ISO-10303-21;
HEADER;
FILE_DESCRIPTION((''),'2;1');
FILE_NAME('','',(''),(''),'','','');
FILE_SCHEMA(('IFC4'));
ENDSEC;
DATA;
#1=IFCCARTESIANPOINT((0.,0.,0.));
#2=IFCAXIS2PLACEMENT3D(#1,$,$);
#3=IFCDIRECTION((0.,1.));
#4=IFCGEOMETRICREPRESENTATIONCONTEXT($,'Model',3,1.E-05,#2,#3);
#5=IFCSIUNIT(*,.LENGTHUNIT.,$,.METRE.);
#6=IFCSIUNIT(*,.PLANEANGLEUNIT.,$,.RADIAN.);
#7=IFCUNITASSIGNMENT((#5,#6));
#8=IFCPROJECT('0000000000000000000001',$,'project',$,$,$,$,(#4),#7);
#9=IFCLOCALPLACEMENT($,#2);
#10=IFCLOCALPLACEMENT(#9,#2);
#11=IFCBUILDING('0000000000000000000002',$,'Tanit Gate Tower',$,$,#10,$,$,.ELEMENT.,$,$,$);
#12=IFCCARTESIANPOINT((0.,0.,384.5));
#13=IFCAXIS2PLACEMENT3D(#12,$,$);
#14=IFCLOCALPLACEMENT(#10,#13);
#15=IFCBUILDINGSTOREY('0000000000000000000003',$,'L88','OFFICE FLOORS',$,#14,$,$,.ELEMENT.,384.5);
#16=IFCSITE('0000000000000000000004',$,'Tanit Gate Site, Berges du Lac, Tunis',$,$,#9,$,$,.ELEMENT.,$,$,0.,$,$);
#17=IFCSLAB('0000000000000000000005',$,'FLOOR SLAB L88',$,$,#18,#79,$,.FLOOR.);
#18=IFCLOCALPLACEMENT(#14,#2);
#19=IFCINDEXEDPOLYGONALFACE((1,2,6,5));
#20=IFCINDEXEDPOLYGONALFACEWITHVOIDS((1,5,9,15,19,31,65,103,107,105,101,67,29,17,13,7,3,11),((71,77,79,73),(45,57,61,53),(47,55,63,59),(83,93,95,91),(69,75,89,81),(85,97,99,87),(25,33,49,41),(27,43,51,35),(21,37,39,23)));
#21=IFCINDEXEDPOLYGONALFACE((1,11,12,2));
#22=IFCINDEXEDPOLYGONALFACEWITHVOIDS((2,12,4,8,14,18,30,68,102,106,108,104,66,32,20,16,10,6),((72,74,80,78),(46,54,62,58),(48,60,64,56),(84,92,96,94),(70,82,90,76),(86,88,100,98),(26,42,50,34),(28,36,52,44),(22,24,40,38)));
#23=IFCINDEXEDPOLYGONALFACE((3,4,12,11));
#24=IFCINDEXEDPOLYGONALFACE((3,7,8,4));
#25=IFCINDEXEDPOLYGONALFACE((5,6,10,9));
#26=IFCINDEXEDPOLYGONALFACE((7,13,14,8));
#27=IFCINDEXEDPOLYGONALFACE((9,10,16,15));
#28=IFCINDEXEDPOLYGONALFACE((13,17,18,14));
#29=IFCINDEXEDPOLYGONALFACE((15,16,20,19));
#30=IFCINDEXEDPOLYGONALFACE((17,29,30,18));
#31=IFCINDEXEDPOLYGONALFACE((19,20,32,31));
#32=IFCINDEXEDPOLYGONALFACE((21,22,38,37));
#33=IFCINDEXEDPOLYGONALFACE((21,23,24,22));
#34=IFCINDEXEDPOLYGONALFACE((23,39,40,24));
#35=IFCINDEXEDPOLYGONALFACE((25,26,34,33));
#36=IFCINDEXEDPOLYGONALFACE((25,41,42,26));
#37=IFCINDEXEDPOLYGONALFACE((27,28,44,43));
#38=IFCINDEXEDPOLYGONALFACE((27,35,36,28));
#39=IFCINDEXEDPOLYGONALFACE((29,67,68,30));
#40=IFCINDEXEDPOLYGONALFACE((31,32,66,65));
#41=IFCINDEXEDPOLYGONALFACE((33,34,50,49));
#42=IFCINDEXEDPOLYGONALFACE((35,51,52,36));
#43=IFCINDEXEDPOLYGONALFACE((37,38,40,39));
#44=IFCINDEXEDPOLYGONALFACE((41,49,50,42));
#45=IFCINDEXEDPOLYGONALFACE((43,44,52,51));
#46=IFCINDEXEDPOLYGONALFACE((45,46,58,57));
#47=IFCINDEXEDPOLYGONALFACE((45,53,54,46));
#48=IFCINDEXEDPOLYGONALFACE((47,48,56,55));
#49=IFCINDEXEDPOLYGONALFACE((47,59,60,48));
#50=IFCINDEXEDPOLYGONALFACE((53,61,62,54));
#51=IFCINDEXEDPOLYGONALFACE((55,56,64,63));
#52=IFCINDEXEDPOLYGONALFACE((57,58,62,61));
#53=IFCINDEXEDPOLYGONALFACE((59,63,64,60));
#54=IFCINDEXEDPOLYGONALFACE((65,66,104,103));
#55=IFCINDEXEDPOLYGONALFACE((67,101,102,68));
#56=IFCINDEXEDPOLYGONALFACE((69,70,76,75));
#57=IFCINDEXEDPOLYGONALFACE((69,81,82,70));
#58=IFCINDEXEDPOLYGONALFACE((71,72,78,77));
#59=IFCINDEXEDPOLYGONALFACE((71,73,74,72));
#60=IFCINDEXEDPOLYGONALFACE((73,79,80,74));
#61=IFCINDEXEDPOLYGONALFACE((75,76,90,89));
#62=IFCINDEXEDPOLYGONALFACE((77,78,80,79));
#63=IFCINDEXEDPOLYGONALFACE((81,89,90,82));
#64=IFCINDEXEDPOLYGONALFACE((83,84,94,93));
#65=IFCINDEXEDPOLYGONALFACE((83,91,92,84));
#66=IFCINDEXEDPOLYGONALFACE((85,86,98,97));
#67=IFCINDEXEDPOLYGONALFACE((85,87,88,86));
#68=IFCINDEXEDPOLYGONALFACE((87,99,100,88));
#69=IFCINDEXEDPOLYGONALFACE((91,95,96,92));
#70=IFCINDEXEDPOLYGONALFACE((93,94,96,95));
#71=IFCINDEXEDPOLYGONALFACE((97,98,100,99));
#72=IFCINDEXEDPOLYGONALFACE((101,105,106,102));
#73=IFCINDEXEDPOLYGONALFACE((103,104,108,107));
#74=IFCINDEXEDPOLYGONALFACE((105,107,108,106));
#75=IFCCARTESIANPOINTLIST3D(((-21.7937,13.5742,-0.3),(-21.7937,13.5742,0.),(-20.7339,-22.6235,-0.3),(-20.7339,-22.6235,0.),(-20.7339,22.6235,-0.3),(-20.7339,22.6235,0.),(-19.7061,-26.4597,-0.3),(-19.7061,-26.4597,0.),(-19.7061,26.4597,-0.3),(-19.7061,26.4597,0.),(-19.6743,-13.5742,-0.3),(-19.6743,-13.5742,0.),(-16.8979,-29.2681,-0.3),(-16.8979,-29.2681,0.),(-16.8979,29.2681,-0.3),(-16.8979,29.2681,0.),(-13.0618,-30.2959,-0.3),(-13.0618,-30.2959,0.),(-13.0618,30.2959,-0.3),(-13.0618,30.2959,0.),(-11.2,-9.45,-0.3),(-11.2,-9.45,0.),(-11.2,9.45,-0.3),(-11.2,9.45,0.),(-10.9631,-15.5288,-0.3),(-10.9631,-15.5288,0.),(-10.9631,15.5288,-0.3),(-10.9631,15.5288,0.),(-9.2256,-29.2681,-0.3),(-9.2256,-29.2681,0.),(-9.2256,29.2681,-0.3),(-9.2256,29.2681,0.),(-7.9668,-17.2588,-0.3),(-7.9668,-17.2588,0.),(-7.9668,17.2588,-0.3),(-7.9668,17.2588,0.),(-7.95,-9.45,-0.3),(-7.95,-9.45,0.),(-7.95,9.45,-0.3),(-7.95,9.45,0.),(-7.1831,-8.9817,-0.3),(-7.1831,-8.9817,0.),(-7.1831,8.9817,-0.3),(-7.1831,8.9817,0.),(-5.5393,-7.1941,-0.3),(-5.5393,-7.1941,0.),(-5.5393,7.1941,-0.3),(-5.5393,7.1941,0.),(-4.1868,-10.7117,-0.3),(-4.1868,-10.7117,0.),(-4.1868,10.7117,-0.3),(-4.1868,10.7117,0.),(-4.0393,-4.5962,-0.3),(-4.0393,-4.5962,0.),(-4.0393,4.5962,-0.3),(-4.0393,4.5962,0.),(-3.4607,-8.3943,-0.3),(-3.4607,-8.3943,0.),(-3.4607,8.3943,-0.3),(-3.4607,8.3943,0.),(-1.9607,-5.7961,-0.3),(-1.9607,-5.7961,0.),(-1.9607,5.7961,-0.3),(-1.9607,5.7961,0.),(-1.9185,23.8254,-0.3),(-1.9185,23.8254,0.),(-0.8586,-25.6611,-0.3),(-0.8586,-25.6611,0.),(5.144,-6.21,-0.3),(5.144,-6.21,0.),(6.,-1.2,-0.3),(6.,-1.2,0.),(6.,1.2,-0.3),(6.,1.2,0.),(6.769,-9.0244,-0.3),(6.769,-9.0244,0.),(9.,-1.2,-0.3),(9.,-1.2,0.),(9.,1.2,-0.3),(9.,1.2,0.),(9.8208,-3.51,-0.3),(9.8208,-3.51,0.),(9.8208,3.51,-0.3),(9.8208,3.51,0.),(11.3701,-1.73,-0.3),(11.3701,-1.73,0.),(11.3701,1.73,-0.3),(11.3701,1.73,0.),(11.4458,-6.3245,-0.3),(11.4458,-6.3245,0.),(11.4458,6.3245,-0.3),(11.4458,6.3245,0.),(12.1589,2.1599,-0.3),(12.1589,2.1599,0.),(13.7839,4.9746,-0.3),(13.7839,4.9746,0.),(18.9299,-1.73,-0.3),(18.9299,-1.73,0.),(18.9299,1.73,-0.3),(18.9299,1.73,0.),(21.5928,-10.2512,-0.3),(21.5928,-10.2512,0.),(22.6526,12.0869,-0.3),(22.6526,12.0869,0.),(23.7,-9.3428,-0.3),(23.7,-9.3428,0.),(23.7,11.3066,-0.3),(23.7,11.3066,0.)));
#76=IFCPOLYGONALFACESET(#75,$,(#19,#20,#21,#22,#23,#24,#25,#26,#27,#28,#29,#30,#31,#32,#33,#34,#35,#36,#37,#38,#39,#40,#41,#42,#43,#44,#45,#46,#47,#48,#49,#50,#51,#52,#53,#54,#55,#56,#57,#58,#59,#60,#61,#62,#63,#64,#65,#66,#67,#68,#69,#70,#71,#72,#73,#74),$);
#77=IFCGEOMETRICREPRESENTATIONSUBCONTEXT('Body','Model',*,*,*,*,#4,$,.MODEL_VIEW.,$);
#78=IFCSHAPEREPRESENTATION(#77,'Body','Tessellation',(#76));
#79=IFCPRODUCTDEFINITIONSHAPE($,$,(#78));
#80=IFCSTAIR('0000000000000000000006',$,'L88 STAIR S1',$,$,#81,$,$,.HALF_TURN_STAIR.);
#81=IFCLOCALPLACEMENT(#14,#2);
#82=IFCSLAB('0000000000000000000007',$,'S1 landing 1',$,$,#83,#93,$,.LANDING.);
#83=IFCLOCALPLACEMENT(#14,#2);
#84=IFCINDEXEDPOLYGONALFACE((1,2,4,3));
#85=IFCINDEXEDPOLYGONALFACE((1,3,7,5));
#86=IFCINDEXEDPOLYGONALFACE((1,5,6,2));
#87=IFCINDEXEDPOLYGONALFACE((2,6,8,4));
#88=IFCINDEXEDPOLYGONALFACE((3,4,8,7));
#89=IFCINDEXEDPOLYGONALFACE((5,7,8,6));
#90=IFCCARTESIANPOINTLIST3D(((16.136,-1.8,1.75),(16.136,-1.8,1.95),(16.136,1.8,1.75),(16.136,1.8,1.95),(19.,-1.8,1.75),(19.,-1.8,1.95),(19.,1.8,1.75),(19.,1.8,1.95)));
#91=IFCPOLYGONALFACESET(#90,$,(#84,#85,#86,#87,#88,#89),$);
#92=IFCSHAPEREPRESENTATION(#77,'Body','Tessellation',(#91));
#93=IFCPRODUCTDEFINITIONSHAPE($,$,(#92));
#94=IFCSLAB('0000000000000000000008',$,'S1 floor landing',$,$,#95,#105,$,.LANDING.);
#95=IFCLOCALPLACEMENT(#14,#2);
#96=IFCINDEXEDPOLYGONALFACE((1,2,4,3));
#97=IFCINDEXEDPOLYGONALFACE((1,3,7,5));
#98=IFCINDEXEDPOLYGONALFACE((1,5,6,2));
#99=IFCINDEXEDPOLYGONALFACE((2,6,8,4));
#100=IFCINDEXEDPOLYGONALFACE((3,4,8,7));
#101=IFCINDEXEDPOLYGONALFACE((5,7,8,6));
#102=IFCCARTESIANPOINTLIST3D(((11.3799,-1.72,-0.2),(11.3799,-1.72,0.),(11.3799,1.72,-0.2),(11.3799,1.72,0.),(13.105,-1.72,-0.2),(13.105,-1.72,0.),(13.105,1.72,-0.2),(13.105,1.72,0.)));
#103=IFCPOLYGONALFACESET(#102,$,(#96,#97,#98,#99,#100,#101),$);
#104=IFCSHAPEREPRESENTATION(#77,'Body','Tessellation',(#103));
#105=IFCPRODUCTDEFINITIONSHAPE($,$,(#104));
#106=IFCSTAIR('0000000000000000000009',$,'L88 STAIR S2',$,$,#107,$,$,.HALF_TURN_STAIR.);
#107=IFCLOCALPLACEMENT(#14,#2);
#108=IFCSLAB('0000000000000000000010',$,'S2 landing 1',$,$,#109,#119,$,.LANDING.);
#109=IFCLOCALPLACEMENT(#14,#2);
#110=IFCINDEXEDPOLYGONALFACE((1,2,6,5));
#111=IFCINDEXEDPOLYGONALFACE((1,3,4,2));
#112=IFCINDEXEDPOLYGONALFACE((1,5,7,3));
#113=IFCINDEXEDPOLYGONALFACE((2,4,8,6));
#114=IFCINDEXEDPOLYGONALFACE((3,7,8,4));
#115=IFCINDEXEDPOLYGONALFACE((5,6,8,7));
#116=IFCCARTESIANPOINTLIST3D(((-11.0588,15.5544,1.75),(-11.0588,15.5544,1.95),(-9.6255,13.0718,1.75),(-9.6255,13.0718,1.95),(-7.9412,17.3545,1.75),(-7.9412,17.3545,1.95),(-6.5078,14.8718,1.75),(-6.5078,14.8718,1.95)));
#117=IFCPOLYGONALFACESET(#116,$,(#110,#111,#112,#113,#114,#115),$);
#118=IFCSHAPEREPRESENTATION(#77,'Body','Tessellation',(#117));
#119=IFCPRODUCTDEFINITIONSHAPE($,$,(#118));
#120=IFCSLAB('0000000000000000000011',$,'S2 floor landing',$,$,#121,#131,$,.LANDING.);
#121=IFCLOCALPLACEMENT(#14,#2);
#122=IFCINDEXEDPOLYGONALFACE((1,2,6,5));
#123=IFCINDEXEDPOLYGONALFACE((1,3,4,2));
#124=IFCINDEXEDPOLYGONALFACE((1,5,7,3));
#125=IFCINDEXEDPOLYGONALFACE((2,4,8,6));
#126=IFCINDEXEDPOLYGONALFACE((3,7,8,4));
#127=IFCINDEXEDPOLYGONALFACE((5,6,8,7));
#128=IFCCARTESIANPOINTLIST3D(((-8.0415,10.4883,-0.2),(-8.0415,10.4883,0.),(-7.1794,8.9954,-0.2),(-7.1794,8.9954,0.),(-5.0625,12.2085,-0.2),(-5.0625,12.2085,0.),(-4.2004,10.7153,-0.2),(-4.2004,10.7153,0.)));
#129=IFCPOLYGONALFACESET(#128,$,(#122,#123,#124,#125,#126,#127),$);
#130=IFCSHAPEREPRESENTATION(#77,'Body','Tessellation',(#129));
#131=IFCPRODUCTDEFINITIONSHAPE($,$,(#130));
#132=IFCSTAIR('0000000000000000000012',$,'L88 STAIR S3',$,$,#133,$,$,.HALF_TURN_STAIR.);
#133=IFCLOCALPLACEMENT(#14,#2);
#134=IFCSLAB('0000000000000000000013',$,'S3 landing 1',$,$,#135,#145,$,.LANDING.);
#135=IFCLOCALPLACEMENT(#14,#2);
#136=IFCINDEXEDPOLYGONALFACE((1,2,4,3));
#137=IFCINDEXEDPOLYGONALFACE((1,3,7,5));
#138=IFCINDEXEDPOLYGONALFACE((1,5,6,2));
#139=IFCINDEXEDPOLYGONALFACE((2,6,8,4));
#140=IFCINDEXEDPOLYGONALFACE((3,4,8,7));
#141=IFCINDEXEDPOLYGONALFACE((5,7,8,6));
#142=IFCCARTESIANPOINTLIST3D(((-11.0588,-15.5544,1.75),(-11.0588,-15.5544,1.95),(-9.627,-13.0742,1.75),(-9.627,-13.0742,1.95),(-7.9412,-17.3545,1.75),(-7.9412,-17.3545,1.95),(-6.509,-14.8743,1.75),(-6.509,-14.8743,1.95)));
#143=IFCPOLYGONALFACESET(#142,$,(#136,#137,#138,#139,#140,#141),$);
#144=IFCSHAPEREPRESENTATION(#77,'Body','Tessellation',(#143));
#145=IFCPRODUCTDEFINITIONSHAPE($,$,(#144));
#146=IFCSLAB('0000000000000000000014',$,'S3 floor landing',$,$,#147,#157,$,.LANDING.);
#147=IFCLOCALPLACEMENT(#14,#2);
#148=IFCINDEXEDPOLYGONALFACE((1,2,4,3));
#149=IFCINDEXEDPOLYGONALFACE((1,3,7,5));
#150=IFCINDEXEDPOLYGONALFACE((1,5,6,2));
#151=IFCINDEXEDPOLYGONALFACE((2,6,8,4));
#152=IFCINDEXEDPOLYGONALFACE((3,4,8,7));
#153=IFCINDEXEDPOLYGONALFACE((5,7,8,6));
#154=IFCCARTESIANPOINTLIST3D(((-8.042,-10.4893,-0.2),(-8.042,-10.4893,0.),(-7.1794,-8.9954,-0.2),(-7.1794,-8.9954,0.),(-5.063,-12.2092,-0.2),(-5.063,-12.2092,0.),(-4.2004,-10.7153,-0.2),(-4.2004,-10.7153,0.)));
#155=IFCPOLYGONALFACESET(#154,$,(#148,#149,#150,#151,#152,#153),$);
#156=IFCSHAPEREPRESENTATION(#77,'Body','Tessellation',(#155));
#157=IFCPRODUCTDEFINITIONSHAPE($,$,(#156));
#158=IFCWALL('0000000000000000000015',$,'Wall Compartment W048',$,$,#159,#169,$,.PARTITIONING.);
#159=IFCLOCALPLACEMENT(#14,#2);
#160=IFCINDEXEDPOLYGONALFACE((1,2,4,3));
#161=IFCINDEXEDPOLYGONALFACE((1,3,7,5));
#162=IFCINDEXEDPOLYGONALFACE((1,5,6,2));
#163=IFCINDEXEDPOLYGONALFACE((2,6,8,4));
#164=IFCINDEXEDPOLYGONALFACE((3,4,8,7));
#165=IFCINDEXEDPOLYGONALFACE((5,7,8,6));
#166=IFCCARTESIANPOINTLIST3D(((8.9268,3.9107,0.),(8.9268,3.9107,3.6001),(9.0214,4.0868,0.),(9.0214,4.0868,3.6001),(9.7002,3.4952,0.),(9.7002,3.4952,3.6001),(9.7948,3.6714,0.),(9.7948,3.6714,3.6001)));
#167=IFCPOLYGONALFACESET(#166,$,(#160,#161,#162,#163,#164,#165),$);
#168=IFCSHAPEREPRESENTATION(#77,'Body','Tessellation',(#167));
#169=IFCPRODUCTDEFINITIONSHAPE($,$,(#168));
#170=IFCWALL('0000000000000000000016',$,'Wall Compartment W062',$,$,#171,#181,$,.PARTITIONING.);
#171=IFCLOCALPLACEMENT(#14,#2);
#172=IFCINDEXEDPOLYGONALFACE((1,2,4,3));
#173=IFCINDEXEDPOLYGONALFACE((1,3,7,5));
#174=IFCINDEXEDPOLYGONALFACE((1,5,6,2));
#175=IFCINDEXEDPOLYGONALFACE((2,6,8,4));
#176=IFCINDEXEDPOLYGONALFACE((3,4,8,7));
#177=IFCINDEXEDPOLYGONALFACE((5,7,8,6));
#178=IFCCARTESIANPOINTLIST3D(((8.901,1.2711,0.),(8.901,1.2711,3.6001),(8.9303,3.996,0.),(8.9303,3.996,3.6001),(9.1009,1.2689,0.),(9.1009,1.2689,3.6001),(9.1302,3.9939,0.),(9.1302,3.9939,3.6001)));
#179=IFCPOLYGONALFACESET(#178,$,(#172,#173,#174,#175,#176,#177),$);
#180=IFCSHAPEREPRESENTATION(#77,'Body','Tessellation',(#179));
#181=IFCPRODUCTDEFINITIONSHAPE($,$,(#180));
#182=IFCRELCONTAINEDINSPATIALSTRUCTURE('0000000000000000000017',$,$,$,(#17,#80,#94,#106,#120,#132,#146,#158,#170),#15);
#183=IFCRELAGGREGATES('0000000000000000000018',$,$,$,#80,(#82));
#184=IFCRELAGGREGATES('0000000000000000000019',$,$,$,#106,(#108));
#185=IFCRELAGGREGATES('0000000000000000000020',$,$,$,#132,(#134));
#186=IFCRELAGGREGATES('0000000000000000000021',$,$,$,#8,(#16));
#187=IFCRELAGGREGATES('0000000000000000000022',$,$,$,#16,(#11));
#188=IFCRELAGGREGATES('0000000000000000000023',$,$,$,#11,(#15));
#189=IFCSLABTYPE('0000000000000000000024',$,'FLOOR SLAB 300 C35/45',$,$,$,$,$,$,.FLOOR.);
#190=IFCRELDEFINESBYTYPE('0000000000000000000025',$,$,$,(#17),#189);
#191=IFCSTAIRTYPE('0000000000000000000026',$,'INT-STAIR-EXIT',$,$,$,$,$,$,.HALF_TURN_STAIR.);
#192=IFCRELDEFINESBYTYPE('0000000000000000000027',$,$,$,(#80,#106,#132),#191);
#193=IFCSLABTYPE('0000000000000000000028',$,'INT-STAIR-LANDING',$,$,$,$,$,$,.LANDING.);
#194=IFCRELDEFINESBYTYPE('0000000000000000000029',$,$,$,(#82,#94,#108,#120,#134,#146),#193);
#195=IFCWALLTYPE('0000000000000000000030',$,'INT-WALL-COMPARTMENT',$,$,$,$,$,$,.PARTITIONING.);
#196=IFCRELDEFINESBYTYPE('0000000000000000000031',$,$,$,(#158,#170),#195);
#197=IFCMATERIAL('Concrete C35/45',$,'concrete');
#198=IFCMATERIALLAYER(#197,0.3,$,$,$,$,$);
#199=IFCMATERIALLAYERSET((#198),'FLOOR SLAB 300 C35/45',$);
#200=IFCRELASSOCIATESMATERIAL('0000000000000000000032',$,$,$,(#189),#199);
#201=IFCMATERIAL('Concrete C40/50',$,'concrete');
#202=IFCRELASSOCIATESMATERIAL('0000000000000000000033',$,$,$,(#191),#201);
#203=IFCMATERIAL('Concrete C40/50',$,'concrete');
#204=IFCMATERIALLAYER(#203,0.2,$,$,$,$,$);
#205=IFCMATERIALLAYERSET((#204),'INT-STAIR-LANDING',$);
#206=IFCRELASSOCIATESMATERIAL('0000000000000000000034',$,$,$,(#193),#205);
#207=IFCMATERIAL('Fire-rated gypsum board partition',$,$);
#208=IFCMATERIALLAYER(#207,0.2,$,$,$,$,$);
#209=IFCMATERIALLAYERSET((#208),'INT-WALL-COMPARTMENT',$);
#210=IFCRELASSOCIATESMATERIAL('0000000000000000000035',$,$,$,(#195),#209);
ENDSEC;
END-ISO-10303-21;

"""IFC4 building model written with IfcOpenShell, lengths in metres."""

from ifc_helpers import new_model, si_unit, direction, frame, frame_2d, origin, place, context, subcontext, project, spatial, polyline, rectangle, outline, extrude, material, layer, layer_set, type_object, element, aggregate, save


model = new_model("IFC4")

# Units and contexts
model_context = context("Model", 3, precision=1e-05, world=origin(), true_north=direction((0.0, 1.0)))
body_context = subcontext(model_context, "Body", "Model", "MODEL_VIEW")
ifc_project = project(units=[si_unit("LENGTHUNIT", "METRE"), si_unit("PLANEANGLEUNIT", "RADIAN")], contexts=[model_context])

# Site, building, storey
site_placement = place(None, origin())
site = spatial("IfcSite", under=ifc_project, at=site_placement, Name="Tanit Gate Site, Berges du Lac, Tunis", CompositionType="ELEMENT", RefElevation=0.0)
building_placement = place(site_placement, origin())
building = spatial("IfcBuilding", under=site, at=building_placement, Name="Tanit Gate Tower", CompositionType="ELEMENT")
storey_placement = place(building_placement, frame((0.0, 0.0, 384.5)))
storey = spatial("IfcBuildingStorey", under=building, at=storey_placement, Name="L88", Description="OFFICE FLOORS", CompositionType="ELEMENT", Elevation=384.5)

# Slab
ifc_material_1 = material(Name="Concrete C35/45", Category="concrete")
ifc_layer_1 = layer(ifc_material_1, 0.3)
ifc_layer_set_1 = layer_set([ifc_layer_1], Name="FLOOR SLAB 300 C35/45")
slab_type_1 = type_object("IfcSlabType", Name="FLOOR SLAB 300 C35/45", PredefinedType="FLOOR", material=ifc_layer_set_1)
slab_1_placement = place(storey_placement, frame((0.0, 0.0, -0.3)))
element("IfcSlab", 1, at=slab_1_placement, inside=storey, type_object=slab_type_1, Name="FLOOR SLAB L88", PredefinedType="FLOOR", context=body_context, shape_type="SweptSolid", body=[
    extrude(outline(polyline([(21.5928, -10.2512), (-0.8586, -25.6611), (-9.2256, -29.2681), (-13.0618, -30.2959), (-16.8979, -29.2681), (-19.7061, -26.4597), (-20.7339, -22.6235), (-19.6743, -13.5742), (-21.7937, 13.5742), (-20.7339, 22.6235), (-19.7061, 26.4597), (-16.8979, 29.2681), (-13.0618, 30.2959), (-9.2256, 29.2681), (-1.9185, 23.8254), (22.6526, 12.0869), (23.7, 11.3066), (23.7, -9.3428), (29.9597, -6.6443), (21.5928, -10.2512)]), holes=[polyline([(11.3701, 1.73), (18.9299, 1.73), (18.9299, -1.73), (11.3701, -1.73), (11.3701, 1.73)]), polyline([(12.1589, 2.1599), (9.8208, 3.51), (11.4458, 6.3245), (13.7839, 4.9746), (12.1589, 2.1599)]), polyline([(11.4458, -6.3245), (6.769, -9.0244), (5.144, -6.21), (9.8208, -3.51), (11.4458, -6.3245)]), polyline([(6.0, 1.2), (9.0, 1.2), (9.0, -1.2), (6.0, -1.2), (6.0, 1.2)]), polyline([(-4.0393, 4.5962), (-5.5393, 7.1941), (-3.4607, 8.3943), (-1.9607, 5.7961), (-4.0393, 4.5962)]), polyline([(-1.9607, -5.7961), (-3.4607, -8.3943), (-5.5393, -7.1941), (-4.0393, -4.5962), (-1.9607, -5.7961)]), polyline([(-7.1831, 8.9817), (-10.9631, 15.5288), (-7.9668, 17.2588), (-4.1868, 10.7117), (-7.1831, 8.9817)]), polyline([(-4.1868, -10.7117), (-7.9668, -17.2588), (-10.9631, -15.5288), (-7.1831, -8.9817), (-4.1868, -10.7117)]), polyline([(-11.2, -9.45), (-11.2, 9.45), (-7.95, 9.45), (-7.95, -9.45), (-11.2, -9.45)])]), origin(), (0.0, 0.0, 1.0), 0.3),
])

# Stair, slab
ifc_material_2 = material(Name="Concrete C40/50", Category="concrete")
stair_type = type_object("IfcStairType", Name="INT-STAIR-EXIT", PredefinedType="HALF_TURN_STAIR", material=ifc_material_2)
stair_1_placement = place(storey_placement, origin())
stair_1 = element("IfcStair", 2, at=stair_1_placement, inside=storey, type_object=stair_type, Name="L88 STAIR S1", PredefinedType="HALF_TURN_STAIR")
ifc_material_3 = material(Name="Concrete C40/50", Category="concrete")
ifc_layer_2 = layer(ifc_material_3, 0.2)
ifc_layer_set_2 = layer_set([ifc_layer_2], Name="INT-STAIR-LANDING")
slab_type_2 = type_object("IfcSlabType", Name="INT-STAIR-LANDING", PredefinedType="LANDING", material=ifc_layer_set_2)
slab_2_placement = place(storey_placement, frame((0.0, 0.0, 1.75)))
slab_2 = element("IfcSlab", 3, at=slab_2_placement, type_object=slab_type_2, Name="S1 landing 1", PredefinedType="LANDING", context=body_context, shape_type="SweptSolid", body=[
    extrude(outline(polyline([(16.136, -1.8), (19.0, -1.8), (19.0, 1.8), (16.136, 1.8), (16.136, -1.8)])), origin(), (0.0, 0.0, 1.0), 0.2),
])
aggregate(stair_1, [slab_2])

# Slab
slab_3_placement = place(storey_placement, frame((0.0, 0.0, -0.2)))
element("IfcSlab", 4, at=slab_3_placement, inside=storey, type_object=slab_type_2, Name="S1 floor landing", PredefinedType="LANDING", context=body_context, shape_type="SweptSolid", body=[
    extrude(outline(polyline([(11.3799, -1.72), (13.105, -1.72), (13.105, 1.72), (11.3799, 1.72), (11.3799, -1.72)])), origin(), (0.0, 0.0, 1.0), 0.2),
])

# Stair, slab
stair_2_placement = place(storey_placement, origin())
stair_2 = element("IfcStair", 5, at=stair_2_placement, inside=storey, type_object=stair_type, Name="L88 STAIR S2", PredefinedType="HALF_TURN_STAIR")
slab_4_placement = place(storey_placement, frame((0.0, 0.0, 1.75)))
slab_4 = element("IfcSlab", 6, at=slab_4_placement, type_object=slab_type_2, Name="S2 landing 1", PredefinedType="LANDING", context=body_context, shape_type="SweptSolid", body=[
    extrude(outline(polyline([(-6.5078, 14.8718), (-7.9412, 17.3545), (-11.0588, 15.5544), (-9.6255, 13.0718), (-6.5078, 14.8718)])), origin(), (0.0, 0.0, 1.0), 0.2),
])
aggregate(stair_2, [slab_4])

# Slab
slab_5_placement = place(storey_placement, frame((0.0, 0.0, -0.2)))
element("IfcSlab", 7, at=slab_5_placement, inside=storey, type_object=slab_type_2, Name="S2 floor landing", PredefinedType="LANDING", context=body_context, shape_type="SweptSolid", body=[
    extrude(outline(polyline([(-4.2004, 10.7153), (-5.0625, 12.2085), (-8.0415, 10.4883), (-7.1794, 8.9954), (-4.2004, 10.7153)])), origin(), (0.0, 0.0, 1.0), 0.2),
])

# Stair, slab
stair_3_placement = place(storey_placement, origin())
stair_3 = element("IfcStair", 8, at=stair_3_placement, inside=storey, type_object=stair_type, Name="L88 STAIR S3", PredefinedType="HALF_TURN_STAIR")
slab_6_placement = place(storey_placement, frame((0.0, 0.0, 1.75)))
slab_6 = element("IfcSlab", 9, at=slab_6_placement, type_object=slab_type_2, Name="S3 landing 1", PredefinedType="LANDING", context=body_context, shape_type="SweptSolid", body=[
    extrude(outline(polyline([(-9.627, -13.0742), (-11.0588, -15.5544), (-7.9412, -17.3545), (-6.509, -14.8743), (-9.627, -13.0742)])), origin(), (0.0, 0.0, 1.0), 0.2),
])
aggregate(stair_3, [slab_6])

# Slab
slab_7_placement = place(storey_placement, frame((0.0, 0.0, -0.2)))
element("IfcSlab", 10, at=slab_7_placement, inside=storey, type_object=slab_type_2, Name="S3 floor landing", PredefinedType="LANDING", context=body_context, shape_type="SweptSolid", body=[
    extrude(outline(polyline([(-7.1794, -8.9954), (-8.042, -10.4893), (-5.063, -12.2092), (-4.2004, -10.7153), (-7.1794, -8.9954)])), origin(), (0.0, 0.0, 1.0), 0.2),
])

# Walls
ifc_material_4 = material(Name="Fire-rated gypsum board partition")
ifc_layer_3 = layer(ifc_material_4, 0.2)
ifc_layer_set_3 = layer_set([ifc_layer_3], Name="INT-WALL-COMPARTMENT")
wall_type_1 = type_object("IfcWallType", Name="INT-WALL-COMPARTMENT", PredefinedType="PARTITIONING", material=ifc_layer_set_3)
wall_1_placement = place(storey_placement, frame((8.9741, 3.9988, 0.0), z_axis=(0.0, 0.0, 1.0), x_axis=(0.880917, -0.473271, 0.0)))
element("IfcWall", 11, at=wall_1_placement, inside=storey, type_object=wall_type_1, Name="Wall Compartment W048", PredefinedType="PARTITIONING", context=body_context, shape_type="SweptSolid", body=[
    extrude(rectangle(XDim=0.8779, YDim=0.2, at=frame_2d((0.439, 0.0))), origin(), (0.0, 0.0, 1.0), 3.6001),
])
wall_2_placement = place(storey_placement, frame((9.001, 1.27, 0.0), z_axis=(0.0, 0.0, 1.0), x_axis=(0.010751, 0.999942, 0.0)))
element("IfcWall", 12, at=wall_2_placement, inside=storey, type_object=wall_type_1, Name="Wall Compartment W062", PredefinedType="PARTITIONING", context=body_context, shape_type="SweptSolid", body=[
    extrude(rectangle(XDim=2.7251, YDim=0.2, at=frame_2d((1.3625, 0.0))), origin(), (0.0, 0.0, 1.0), 3.6001),
])

save(model, "model.ifc")
